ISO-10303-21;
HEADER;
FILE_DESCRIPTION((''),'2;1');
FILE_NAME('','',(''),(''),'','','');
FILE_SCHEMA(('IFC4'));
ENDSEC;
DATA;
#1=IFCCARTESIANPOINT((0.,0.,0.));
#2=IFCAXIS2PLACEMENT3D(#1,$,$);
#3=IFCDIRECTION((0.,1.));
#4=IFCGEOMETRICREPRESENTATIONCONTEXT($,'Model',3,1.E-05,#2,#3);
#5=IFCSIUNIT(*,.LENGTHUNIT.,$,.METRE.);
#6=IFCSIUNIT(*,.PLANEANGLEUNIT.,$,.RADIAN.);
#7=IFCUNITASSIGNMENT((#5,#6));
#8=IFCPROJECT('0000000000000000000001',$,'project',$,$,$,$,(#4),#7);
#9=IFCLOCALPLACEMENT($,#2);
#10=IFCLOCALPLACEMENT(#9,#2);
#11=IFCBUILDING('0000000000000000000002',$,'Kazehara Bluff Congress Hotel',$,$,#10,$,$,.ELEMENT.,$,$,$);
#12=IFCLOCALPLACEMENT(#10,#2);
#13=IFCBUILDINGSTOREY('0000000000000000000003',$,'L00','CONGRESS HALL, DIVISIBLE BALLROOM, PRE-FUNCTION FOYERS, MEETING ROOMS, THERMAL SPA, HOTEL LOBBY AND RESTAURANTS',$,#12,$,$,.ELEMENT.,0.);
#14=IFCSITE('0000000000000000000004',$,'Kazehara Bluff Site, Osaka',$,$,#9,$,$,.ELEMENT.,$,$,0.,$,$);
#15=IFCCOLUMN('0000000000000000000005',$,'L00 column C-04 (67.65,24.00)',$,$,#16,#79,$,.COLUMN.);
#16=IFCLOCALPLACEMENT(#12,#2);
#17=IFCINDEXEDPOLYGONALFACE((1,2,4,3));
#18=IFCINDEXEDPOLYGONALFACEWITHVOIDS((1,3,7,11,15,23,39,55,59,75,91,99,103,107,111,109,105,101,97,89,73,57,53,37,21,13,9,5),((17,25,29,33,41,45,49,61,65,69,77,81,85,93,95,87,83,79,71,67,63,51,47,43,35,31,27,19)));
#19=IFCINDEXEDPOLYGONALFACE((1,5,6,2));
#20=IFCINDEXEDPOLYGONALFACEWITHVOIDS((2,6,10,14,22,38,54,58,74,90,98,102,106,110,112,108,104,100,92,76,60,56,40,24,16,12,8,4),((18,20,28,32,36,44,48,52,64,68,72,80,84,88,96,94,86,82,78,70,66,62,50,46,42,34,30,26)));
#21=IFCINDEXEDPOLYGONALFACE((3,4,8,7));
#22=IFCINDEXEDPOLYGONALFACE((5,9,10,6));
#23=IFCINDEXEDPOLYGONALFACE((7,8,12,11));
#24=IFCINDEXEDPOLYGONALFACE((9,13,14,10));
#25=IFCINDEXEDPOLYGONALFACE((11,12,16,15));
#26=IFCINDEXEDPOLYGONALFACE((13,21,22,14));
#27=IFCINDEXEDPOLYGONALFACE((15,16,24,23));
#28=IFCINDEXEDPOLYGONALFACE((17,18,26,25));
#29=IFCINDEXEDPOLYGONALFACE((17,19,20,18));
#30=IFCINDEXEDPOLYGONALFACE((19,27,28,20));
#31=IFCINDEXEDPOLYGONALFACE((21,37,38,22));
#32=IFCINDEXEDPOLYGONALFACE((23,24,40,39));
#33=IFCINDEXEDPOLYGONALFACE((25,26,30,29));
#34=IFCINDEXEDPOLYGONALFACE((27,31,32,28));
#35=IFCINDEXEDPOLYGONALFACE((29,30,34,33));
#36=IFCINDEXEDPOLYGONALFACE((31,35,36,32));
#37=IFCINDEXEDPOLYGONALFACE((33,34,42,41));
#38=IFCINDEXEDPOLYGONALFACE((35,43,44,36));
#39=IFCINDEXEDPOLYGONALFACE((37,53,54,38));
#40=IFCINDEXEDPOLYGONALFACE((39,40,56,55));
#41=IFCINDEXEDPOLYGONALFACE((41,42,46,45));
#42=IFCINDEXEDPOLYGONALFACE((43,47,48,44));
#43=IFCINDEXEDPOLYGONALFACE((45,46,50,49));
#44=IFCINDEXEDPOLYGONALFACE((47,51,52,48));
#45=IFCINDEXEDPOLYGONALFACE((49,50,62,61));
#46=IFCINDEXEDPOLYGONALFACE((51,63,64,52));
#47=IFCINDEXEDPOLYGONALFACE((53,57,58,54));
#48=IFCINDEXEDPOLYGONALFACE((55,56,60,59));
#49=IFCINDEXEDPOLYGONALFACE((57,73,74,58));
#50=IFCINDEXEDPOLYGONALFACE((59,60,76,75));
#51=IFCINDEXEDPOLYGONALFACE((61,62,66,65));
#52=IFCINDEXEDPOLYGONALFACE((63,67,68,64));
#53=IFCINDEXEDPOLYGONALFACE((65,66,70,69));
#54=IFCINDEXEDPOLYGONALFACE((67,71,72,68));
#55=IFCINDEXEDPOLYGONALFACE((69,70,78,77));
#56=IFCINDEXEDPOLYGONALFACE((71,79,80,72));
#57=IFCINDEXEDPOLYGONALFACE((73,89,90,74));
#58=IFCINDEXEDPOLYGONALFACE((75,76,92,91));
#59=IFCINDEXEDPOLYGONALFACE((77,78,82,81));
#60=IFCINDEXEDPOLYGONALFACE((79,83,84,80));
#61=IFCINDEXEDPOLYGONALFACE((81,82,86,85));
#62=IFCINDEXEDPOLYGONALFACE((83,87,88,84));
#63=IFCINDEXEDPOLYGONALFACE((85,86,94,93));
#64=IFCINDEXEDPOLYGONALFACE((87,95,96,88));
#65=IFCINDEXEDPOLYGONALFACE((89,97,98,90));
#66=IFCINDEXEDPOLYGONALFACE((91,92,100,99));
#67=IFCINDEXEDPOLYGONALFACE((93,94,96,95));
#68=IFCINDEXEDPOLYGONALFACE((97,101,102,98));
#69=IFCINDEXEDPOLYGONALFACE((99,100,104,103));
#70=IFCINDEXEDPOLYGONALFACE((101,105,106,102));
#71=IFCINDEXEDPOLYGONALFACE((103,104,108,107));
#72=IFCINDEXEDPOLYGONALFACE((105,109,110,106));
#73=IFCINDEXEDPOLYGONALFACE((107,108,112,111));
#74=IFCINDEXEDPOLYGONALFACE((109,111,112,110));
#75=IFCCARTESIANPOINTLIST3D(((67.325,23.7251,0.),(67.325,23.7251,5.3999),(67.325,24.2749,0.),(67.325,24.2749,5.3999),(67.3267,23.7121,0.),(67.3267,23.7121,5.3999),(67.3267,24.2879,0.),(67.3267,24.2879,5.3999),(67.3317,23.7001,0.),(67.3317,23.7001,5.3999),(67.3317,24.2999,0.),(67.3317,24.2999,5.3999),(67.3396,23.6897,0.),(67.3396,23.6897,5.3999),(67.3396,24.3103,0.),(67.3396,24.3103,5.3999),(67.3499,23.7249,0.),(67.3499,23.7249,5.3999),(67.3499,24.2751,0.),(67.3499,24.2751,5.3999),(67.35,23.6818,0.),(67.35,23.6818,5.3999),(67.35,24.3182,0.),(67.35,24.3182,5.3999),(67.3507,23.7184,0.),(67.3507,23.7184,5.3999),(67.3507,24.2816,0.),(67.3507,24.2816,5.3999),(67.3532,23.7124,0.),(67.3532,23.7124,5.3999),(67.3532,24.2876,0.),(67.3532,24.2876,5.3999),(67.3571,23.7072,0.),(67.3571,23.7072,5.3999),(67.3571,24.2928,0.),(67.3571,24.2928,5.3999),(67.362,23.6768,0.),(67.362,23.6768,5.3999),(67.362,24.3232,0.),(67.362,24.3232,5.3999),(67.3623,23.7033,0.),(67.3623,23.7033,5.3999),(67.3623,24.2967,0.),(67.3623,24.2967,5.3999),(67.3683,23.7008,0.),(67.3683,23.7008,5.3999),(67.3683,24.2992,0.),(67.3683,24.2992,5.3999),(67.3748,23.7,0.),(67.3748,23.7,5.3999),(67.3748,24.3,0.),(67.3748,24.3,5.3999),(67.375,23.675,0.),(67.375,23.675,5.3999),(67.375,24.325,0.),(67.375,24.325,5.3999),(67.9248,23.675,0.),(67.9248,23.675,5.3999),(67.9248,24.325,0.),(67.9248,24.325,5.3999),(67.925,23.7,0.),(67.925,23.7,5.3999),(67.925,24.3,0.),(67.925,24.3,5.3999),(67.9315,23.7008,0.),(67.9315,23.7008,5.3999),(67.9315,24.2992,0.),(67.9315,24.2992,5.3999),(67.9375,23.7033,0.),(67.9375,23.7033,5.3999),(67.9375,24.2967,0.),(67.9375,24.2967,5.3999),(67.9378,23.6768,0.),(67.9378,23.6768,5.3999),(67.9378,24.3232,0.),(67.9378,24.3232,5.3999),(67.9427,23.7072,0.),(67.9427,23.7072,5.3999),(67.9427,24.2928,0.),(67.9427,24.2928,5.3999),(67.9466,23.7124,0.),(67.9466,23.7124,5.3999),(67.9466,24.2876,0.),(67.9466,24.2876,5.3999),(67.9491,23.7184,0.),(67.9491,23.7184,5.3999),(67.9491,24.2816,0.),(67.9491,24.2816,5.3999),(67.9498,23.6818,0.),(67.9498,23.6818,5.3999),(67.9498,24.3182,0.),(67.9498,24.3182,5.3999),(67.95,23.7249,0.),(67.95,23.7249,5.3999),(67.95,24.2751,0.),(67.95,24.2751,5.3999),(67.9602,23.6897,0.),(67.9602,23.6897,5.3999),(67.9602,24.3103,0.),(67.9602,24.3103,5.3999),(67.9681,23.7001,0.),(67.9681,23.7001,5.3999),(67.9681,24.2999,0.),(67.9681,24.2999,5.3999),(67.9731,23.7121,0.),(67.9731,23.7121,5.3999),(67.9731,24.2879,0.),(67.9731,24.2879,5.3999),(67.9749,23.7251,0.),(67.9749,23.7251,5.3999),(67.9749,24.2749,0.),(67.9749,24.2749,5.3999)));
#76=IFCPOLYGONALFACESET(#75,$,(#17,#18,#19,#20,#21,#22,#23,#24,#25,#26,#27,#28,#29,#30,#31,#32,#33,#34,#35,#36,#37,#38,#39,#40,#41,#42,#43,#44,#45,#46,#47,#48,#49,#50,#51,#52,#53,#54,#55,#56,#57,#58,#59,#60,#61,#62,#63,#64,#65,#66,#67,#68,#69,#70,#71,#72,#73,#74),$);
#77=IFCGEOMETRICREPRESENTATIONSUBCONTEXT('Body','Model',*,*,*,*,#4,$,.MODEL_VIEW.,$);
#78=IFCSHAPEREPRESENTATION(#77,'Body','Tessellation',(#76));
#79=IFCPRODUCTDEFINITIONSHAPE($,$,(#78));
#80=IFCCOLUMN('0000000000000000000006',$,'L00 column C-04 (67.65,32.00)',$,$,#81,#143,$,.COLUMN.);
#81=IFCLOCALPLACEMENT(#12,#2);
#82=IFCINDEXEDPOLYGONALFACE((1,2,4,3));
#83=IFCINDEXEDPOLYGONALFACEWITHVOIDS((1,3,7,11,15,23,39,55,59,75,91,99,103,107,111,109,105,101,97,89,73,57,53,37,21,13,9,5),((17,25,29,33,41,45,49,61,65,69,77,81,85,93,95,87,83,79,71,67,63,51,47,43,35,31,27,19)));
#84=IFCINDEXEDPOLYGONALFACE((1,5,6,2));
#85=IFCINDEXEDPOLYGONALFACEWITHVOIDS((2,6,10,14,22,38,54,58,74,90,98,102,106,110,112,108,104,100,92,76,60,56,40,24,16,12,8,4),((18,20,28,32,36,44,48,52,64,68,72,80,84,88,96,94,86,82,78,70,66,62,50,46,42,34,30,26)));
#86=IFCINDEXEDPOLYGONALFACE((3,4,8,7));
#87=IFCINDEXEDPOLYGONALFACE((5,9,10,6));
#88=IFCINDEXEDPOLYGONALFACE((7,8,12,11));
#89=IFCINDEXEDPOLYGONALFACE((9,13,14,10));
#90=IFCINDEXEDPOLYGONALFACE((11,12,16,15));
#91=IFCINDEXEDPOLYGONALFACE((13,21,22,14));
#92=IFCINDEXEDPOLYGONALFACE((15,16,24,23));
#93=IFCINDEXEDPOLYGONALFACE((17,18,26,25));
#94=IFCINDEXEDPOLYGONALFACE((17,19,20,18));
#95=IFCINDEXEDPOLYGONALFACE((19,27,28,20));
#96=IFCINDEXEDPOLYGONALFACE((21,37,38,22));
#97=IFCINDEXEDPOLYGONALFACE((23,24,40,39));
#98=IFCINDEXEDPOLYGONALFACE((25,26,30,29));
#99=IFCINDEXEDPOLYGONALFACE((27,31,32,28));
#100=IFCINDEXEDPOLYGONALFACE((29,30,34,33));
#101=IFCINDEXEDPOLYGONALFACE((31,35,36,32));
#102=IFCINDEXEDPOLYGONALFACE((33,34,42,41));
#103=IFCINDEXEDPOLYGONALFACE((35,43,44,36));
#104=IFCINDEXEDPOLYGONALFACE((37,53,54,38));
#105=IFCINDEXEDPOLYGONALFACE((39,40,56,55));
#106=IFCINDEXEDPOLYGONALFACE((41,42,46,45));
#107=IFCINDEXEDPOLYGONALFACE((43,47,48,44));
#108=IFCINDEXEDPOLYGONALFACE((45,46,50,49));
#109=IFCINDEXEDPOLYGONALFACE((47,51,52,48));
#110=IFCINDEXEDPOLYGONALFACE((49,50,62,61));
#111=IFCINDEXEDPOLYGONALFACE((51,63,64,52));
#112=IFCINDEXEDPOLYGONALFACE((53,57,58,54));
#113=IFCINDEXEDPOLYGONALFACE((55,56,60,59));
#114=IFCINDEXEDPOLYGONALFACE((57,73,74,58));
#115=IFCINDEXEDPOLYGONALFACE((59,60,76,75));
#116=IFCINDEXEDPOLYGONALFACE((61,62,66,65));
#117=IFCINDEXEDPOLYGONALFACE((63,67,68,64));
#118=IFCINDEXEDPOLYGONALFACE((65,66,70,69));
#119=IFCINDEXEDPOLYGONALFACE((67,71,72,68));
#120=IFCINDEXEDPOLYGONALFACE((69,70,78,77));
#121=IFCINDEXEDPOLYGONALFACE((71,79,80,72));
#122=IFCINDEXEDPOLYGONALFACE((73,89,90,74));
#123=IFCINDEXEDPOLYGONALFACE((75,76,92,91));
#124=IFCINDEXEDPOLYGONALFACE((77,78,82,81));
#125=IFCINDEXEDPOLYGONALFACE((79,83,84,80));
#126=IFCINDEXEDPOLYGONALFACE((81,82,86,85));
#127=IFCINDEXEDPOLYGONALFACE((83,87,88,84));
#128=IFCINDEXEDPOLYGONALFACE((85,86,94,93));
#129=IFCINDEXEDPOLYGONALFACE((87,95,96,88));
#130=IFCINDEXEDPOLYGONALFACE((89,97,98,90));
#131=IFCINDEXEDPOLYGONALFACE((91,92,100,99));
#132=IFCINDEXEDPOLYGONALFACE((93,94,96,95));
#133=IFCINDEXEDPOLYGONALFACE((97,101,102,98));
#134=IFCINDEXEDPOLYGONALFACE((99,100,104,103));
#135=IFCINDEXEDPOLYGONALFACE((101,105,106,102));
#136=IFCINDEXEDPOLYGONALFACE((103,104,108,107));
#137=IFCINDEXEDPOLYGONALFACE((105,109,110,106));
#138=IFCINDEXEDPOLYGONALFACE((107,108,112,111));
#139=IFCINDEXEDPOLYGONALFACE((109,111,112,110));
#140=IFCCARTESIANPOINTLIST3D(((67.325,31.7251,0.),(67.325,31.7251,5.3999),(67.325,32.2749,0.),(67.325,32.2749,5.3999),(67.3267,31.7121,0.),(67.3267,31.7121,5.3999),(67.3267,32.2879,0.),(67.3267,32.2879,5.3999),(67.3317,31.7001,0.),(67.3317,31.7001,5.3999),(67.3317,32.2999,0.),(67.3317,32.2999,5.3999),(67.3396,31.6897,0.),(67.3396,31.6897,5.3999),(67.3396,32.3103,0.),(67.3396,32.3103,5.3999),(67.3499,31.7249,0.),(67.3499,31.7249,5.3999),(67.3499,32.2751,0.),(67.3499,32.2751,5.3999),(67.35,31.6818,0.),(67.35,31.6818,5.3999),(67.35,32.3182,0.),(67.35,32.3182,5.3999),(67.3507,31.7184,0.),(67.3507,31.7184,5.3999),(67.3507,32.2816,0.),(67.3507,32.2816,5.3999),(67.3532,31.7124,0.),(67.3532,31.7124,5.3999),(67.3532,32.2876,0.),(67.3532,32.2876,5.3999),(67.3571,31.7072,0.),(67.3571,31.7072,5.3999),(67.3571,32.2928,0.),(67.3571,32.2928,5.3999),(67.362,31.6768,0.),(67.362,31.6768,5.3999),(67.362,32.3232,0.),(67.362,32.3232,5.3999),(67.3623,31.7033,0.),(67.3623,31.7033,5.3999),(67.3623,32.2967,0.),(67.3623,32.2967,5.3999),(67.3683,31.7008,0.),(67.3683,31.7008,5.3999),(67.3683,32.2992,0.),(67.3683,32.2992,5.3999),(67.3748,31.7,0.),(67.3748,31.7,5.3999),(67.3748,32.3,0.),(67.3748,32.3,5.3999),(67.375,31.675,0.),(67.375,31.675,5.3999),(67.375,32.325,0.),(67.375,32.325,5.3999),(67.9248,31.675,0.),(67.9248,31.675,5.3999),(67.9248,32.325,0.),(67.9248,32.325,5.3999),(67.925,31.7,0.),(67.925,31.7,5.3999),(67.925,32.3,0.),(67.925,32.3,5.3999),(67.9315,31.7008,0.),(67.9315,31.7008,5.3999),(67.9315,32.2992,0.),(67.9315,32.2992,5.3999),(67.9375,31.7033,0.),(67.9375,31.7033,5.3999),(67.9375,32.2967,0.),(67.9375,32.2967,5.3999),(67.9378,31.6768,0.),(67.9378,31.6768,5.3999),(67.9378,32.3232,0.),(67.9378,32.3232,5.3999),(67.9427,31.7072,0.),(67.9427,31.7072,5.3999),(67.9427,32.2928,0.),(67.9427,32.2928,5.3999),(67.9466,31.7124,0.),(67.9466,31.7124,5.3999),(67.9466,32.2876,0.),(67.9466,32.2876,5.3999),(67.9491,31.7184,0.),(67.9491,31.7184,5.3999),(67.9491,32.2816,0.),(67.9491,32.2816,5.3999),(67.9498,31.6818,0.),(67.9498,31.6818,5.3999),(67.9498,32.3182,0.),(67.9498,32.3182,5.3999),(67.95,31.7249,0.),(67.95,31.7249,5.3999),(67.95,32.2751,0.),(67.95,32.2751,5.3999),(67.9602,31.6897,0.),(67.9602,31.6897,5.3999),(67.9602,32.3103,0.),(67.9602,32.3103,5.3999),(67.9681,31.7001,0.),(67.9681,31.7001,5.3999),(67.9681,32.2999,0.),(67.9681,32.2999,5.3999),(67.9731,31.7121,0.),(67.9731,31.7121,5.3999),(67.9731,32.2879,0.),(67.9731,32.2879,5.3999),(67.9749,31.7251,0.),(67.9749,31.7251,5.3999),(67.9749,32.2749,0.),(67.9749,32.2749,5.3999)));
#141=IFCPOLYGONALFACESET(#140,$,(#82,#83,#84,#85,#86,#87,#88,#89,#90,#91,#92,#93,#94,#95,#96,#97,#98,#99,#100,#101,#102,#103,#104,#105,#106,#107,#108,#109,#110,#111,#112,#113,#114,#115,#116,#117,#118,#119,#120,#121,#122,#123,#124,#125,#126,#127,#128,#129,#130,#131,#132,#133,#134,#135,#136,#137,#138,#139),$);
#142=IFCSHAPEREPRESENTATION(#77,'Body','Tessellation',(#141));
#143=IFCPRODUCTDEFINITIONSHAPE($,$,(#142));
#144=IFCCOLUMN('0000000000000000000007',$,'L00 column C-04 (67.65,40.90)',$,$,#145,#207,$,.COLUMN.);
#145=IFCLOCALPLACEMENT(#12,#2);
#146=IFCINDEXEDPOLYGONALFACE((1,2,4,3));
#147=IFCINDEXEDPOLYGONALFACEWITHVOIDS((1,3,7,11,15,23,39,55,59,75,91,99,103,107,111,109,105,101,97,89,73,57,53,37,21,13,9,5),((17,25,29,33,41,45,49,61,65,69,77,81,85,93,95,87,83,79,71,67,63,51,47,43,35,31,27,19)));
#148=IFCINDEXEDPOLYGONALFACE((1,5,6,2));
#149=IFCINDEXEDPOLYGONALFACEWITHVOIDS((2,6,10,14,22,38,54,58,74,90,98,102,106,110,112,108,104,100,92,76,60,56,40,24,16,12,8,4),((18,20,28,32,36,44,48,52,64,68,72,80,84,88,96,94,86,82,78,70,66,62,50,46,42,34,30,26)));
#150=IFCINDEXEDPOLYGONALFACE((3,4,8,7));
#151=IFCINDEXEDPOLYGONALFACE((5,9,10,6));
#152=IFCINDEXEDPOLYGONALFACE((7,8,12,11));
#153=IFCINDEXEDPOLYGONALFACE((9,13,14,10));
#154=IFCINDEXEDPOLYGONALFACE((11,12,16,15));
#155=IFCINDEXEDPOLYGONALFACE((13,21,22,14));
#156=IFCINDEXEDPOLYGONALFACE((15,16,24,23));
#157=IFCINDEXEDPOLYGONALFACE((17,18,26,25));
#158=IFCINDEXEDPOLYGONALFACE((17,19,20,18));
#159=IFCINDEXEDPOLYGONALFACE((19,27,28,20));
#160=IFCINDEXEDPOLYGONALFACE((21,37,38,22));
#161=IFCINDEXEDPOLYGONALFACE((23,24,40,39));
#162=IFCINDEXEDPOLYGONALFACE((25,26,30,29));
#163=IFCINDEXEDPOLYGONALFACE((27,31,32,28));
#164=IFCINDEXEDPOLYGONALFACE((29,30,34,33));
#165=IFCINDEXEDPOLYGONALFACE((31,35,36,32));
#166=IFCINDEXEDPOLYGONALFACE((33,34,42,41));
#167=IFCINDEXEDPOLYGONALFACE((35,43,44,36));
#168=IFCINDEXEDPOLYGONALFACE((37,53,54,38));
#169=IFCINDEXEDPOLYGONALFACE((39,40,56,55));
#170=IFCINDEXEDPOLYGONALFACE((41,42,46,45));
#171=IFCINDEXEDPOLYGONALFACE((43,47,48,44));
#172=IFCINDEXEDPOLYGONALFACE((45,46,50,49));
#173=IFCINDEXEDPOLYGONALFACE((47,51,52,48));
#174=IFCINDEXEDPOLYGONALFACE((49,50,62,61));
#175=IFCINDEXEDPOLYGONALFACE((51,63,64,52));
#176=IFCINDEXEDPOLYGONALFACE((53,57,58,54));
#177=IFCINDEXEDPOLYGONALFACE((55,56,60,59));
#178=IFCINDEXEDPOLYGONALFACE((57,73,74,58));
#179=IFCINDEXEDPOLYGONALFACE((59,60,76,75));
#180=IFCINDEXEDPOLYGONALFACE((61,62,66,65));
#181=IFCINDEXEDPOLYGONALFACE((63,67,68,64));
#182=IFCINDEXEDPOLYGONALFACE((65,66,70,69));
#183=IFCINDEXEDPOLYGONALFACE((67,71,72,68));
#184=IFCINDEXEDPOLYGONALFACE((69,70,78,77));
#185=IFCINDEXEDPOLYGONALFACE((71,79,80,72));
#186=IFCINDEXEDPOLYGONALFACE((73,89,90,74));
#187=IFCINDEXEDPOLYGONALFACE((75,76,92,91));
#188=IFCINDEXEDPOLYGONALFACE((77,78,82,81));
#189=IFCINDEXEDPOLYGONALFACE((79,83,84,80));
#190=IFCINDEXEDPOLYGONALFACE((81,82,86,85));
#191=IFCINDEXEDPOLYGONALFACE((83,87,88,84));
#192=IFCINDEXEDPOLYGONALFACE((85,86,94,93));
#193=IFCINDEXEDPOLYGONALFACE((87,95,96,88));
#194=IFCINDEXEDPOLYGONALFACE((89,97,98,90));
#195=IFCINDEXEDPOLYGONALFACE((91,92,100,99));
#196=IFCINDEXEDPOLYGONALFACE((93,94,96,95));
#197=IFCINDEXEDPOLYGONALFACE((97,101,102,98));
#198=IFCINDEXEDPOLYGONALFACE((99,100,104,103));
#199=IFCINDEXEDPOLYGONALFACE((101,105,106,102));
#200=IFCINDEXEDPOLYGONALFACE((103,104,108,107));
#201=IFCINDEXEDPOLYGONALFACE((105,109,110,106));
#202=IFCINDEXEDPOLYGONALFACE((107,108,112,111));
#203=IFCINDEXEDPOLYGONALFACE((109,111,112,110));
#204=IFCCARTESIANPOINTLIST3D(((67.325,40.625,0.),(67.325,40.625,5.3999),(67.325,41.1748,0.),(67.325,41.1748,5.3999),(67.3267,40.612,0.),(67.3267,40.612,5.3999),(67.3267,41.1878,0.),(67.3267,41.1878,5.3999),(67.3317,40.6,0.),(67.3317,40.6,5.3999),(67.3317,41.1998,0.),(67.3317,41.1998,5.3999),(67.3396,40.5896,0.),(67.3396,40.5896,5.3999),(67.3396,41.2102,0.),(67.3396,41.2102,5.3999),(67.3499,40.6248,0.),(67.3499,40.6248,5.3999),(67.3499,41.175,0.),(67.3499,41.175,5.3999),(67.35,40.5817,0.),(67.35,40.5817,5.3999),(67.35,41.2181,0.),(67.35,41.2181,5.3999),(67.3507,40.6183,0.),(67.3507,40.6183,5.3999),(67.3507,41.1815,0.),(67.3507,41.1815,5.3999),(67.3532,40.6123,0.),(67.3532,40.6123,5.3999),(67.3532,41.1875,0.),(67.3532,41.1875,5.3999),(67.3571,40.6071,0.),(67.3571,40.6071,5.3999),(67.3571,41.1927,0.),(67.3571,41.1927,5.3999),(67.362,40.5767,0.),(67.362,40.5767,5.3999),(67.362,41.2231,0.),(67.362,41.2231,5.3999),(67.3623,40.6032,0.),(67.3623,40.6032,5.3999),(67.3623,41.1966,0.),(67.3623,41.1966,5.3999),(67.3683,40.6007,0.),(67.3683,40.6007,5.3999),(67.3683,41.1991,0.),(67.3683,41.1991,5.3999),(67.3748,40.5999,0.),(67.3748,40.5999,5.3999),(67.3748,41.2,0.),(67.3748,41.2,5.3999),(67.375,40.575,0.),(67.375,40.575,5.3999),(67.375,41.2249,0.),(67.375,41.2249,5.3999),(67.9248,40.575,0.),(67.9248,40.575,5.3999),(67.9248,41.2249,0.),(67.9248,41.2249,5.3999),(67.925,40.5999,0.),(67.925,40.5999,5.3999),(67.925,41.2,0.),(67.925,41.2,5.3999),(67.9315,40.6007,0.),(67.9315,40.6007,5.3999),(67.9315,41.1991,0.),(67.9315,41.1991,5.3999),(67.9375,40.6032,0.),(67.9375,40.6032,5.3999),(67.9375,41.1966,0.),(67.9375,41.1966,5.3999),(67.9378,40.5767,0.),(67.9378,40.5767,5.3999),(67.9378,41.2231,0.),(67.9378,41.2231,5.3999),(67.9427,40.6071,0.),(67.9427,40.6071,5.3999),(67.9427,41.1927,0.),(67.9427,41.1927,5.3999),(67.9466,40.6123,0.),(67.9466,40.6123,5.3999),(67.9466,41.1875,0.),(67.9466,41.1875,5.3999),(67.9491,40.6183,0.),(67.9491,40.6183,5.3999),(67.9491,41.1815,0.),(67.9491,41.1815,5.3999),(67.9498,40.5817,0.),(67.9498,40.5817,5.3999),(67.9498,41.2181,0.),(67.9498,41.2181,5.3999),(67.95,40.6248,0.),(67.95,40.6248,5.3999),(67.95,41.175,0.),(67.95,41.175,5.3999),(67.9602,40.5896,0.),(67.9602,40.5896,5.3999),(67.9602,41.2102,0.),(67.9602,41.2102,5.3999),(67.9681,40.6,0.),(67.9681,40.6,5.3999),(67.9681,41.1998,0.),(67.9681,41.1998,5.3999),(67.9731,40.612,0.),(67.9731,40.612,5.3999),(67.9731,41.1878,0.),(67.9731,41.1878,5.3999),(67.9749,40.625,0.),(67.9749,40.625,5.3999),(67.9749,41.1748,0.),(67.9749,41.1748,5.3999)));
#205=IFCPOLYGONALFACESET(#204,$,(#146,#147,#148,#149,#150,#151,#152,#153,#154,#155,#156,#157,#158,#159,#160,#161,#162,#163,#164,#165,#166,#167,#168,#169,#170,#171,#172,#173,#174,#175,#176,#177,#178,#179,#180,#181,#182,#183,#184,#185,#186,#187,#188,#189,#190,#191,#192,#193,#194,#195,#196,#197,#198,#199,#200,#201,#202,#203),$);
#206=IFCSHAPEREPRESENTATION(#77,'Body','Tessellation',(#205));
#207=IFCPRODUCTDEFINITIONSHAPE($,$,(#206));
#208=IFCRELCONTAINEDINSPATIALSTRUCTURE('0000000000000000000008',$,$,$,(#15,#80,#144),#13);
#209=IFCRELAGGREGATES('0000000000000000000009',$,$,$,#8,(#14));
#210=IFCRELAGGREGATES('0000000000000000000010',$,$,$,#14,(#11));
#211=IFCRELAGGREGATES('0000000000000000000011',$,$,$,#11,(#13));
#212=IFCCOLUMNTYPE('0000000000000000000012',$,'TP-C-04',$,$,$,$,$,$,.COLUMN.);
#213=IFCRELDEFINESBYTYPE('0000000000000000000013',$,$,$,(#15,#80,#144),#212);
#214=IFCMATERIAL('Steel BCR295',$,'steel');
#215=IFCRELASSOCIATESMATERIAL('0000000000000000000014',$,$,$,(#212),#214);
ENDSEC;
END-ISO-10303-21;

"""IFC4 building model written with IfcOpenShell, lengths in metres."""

from ifc_helpers import new_model, si_unit, direction, frame, origin, origin_2d, place, context, subcontext, project, spatial, hollow_rectangle, extrude, material, material_profile, profile_set, type_object, element, save


model = new_model("IFC4")

# Units and contexts
model_context = context("Model", 3, precision=1e-05, world=origin(), true_north=direction((0.0, 1.0)))
body_context = subcontext(model_context, "Body", "Model", "MODEL_VIEW")
ifc_project = project(units=[si_unit("LENGTHUNIT", "METRE"), si_unit("PLANEANGLEUNIT", "RADIAN")], contexts=[model_context])

# Site, building, storey
site_placement = place(None, origin())
site = spatial("IfcSite", under=ifc_project, at=site_placement, Name="Kazehara Bluff Site, Osaka", CompositionType="ELEMENT", RefElevation=0.0)
building_placement = place(site_placement, origin())
building = spatial("IfcBuilding", under=site, at=building_placement, Name="Kazehara Bluff Congress Hotel", CompositionType="ELEMENT")
storey_placement = place(building_placement, origin())
storey = spatial("IfcBuildingStorey", under=building, at=storey_placement, Name="L00", Description="CONGRESS HALL, DIVISIBLE BALLROOM, PRE-FUNCTION FOYERS, MEETING ROOMS, THERMAL SPA, HOTEL LOBBY AND RESTAURANTS", CompositionType="ELEMENT", Elevation=0.0)

# Columns
ifc_material_1 = material(Name="Steel BCR295", Category="steel")
ifc_material_profile_1 = material_profile(ifc_material_1, hollow_rectangle(XDim=0.6499, YDim=0.6499, WallThickness=0.0249, InnerFilletRadius=0.0249, OuterFilletRadius=0.05, at=origin_2d()))
ifc_profile_set_1 = profile_set([ifc_material_profile_1], Name="Steel BCR295")
column_type = type_object("IfcColumnType", Name="TP-C-04", PredefinedType="COLUMN", material=ifc_profile_set_1)
for number, where, z_axis, x_axis, name in (
    (1, (67.6499, 24.0, 0.0), (0.0, 0.0, 1.0), (1.0, 0.0, 0.0), "L00 column C-04 (67.65,24.00)"),
    (2, (67.6499, 32.0, 0.0), (0.0, 0.0, 1.0), (1.0, 0.0, 0.0), "L00 column C-04 (67.65,32.00)"),
    (3, (67.6499, 40.8999, 0.0), (0.0, 0.0, 1.0), (1.0, 0.0, 0.0), "L00 column C-04 (67.65,40.90)"),
):
    element("IfcColumn", number, at=place(storey_placement, frame(where, z_axis=z_axis, x_axis=x_axis)), inside=storey, type_object=column_type, Name=name, PredefinedType="COLUMN", context=body_context, shape_type="SweptSolid", body=[
        extrude(hollow_rectangle(XDim=0.6499, YDim=0.6499, WallThickness=0.0249, InnerFilletRadius=0.0249, OuterFilletRadius=0.05, at=origin_2d()), origin(), (0.0, 0.0, 1.0), 5.3999),
    ])

save(model, "model.ifc")
